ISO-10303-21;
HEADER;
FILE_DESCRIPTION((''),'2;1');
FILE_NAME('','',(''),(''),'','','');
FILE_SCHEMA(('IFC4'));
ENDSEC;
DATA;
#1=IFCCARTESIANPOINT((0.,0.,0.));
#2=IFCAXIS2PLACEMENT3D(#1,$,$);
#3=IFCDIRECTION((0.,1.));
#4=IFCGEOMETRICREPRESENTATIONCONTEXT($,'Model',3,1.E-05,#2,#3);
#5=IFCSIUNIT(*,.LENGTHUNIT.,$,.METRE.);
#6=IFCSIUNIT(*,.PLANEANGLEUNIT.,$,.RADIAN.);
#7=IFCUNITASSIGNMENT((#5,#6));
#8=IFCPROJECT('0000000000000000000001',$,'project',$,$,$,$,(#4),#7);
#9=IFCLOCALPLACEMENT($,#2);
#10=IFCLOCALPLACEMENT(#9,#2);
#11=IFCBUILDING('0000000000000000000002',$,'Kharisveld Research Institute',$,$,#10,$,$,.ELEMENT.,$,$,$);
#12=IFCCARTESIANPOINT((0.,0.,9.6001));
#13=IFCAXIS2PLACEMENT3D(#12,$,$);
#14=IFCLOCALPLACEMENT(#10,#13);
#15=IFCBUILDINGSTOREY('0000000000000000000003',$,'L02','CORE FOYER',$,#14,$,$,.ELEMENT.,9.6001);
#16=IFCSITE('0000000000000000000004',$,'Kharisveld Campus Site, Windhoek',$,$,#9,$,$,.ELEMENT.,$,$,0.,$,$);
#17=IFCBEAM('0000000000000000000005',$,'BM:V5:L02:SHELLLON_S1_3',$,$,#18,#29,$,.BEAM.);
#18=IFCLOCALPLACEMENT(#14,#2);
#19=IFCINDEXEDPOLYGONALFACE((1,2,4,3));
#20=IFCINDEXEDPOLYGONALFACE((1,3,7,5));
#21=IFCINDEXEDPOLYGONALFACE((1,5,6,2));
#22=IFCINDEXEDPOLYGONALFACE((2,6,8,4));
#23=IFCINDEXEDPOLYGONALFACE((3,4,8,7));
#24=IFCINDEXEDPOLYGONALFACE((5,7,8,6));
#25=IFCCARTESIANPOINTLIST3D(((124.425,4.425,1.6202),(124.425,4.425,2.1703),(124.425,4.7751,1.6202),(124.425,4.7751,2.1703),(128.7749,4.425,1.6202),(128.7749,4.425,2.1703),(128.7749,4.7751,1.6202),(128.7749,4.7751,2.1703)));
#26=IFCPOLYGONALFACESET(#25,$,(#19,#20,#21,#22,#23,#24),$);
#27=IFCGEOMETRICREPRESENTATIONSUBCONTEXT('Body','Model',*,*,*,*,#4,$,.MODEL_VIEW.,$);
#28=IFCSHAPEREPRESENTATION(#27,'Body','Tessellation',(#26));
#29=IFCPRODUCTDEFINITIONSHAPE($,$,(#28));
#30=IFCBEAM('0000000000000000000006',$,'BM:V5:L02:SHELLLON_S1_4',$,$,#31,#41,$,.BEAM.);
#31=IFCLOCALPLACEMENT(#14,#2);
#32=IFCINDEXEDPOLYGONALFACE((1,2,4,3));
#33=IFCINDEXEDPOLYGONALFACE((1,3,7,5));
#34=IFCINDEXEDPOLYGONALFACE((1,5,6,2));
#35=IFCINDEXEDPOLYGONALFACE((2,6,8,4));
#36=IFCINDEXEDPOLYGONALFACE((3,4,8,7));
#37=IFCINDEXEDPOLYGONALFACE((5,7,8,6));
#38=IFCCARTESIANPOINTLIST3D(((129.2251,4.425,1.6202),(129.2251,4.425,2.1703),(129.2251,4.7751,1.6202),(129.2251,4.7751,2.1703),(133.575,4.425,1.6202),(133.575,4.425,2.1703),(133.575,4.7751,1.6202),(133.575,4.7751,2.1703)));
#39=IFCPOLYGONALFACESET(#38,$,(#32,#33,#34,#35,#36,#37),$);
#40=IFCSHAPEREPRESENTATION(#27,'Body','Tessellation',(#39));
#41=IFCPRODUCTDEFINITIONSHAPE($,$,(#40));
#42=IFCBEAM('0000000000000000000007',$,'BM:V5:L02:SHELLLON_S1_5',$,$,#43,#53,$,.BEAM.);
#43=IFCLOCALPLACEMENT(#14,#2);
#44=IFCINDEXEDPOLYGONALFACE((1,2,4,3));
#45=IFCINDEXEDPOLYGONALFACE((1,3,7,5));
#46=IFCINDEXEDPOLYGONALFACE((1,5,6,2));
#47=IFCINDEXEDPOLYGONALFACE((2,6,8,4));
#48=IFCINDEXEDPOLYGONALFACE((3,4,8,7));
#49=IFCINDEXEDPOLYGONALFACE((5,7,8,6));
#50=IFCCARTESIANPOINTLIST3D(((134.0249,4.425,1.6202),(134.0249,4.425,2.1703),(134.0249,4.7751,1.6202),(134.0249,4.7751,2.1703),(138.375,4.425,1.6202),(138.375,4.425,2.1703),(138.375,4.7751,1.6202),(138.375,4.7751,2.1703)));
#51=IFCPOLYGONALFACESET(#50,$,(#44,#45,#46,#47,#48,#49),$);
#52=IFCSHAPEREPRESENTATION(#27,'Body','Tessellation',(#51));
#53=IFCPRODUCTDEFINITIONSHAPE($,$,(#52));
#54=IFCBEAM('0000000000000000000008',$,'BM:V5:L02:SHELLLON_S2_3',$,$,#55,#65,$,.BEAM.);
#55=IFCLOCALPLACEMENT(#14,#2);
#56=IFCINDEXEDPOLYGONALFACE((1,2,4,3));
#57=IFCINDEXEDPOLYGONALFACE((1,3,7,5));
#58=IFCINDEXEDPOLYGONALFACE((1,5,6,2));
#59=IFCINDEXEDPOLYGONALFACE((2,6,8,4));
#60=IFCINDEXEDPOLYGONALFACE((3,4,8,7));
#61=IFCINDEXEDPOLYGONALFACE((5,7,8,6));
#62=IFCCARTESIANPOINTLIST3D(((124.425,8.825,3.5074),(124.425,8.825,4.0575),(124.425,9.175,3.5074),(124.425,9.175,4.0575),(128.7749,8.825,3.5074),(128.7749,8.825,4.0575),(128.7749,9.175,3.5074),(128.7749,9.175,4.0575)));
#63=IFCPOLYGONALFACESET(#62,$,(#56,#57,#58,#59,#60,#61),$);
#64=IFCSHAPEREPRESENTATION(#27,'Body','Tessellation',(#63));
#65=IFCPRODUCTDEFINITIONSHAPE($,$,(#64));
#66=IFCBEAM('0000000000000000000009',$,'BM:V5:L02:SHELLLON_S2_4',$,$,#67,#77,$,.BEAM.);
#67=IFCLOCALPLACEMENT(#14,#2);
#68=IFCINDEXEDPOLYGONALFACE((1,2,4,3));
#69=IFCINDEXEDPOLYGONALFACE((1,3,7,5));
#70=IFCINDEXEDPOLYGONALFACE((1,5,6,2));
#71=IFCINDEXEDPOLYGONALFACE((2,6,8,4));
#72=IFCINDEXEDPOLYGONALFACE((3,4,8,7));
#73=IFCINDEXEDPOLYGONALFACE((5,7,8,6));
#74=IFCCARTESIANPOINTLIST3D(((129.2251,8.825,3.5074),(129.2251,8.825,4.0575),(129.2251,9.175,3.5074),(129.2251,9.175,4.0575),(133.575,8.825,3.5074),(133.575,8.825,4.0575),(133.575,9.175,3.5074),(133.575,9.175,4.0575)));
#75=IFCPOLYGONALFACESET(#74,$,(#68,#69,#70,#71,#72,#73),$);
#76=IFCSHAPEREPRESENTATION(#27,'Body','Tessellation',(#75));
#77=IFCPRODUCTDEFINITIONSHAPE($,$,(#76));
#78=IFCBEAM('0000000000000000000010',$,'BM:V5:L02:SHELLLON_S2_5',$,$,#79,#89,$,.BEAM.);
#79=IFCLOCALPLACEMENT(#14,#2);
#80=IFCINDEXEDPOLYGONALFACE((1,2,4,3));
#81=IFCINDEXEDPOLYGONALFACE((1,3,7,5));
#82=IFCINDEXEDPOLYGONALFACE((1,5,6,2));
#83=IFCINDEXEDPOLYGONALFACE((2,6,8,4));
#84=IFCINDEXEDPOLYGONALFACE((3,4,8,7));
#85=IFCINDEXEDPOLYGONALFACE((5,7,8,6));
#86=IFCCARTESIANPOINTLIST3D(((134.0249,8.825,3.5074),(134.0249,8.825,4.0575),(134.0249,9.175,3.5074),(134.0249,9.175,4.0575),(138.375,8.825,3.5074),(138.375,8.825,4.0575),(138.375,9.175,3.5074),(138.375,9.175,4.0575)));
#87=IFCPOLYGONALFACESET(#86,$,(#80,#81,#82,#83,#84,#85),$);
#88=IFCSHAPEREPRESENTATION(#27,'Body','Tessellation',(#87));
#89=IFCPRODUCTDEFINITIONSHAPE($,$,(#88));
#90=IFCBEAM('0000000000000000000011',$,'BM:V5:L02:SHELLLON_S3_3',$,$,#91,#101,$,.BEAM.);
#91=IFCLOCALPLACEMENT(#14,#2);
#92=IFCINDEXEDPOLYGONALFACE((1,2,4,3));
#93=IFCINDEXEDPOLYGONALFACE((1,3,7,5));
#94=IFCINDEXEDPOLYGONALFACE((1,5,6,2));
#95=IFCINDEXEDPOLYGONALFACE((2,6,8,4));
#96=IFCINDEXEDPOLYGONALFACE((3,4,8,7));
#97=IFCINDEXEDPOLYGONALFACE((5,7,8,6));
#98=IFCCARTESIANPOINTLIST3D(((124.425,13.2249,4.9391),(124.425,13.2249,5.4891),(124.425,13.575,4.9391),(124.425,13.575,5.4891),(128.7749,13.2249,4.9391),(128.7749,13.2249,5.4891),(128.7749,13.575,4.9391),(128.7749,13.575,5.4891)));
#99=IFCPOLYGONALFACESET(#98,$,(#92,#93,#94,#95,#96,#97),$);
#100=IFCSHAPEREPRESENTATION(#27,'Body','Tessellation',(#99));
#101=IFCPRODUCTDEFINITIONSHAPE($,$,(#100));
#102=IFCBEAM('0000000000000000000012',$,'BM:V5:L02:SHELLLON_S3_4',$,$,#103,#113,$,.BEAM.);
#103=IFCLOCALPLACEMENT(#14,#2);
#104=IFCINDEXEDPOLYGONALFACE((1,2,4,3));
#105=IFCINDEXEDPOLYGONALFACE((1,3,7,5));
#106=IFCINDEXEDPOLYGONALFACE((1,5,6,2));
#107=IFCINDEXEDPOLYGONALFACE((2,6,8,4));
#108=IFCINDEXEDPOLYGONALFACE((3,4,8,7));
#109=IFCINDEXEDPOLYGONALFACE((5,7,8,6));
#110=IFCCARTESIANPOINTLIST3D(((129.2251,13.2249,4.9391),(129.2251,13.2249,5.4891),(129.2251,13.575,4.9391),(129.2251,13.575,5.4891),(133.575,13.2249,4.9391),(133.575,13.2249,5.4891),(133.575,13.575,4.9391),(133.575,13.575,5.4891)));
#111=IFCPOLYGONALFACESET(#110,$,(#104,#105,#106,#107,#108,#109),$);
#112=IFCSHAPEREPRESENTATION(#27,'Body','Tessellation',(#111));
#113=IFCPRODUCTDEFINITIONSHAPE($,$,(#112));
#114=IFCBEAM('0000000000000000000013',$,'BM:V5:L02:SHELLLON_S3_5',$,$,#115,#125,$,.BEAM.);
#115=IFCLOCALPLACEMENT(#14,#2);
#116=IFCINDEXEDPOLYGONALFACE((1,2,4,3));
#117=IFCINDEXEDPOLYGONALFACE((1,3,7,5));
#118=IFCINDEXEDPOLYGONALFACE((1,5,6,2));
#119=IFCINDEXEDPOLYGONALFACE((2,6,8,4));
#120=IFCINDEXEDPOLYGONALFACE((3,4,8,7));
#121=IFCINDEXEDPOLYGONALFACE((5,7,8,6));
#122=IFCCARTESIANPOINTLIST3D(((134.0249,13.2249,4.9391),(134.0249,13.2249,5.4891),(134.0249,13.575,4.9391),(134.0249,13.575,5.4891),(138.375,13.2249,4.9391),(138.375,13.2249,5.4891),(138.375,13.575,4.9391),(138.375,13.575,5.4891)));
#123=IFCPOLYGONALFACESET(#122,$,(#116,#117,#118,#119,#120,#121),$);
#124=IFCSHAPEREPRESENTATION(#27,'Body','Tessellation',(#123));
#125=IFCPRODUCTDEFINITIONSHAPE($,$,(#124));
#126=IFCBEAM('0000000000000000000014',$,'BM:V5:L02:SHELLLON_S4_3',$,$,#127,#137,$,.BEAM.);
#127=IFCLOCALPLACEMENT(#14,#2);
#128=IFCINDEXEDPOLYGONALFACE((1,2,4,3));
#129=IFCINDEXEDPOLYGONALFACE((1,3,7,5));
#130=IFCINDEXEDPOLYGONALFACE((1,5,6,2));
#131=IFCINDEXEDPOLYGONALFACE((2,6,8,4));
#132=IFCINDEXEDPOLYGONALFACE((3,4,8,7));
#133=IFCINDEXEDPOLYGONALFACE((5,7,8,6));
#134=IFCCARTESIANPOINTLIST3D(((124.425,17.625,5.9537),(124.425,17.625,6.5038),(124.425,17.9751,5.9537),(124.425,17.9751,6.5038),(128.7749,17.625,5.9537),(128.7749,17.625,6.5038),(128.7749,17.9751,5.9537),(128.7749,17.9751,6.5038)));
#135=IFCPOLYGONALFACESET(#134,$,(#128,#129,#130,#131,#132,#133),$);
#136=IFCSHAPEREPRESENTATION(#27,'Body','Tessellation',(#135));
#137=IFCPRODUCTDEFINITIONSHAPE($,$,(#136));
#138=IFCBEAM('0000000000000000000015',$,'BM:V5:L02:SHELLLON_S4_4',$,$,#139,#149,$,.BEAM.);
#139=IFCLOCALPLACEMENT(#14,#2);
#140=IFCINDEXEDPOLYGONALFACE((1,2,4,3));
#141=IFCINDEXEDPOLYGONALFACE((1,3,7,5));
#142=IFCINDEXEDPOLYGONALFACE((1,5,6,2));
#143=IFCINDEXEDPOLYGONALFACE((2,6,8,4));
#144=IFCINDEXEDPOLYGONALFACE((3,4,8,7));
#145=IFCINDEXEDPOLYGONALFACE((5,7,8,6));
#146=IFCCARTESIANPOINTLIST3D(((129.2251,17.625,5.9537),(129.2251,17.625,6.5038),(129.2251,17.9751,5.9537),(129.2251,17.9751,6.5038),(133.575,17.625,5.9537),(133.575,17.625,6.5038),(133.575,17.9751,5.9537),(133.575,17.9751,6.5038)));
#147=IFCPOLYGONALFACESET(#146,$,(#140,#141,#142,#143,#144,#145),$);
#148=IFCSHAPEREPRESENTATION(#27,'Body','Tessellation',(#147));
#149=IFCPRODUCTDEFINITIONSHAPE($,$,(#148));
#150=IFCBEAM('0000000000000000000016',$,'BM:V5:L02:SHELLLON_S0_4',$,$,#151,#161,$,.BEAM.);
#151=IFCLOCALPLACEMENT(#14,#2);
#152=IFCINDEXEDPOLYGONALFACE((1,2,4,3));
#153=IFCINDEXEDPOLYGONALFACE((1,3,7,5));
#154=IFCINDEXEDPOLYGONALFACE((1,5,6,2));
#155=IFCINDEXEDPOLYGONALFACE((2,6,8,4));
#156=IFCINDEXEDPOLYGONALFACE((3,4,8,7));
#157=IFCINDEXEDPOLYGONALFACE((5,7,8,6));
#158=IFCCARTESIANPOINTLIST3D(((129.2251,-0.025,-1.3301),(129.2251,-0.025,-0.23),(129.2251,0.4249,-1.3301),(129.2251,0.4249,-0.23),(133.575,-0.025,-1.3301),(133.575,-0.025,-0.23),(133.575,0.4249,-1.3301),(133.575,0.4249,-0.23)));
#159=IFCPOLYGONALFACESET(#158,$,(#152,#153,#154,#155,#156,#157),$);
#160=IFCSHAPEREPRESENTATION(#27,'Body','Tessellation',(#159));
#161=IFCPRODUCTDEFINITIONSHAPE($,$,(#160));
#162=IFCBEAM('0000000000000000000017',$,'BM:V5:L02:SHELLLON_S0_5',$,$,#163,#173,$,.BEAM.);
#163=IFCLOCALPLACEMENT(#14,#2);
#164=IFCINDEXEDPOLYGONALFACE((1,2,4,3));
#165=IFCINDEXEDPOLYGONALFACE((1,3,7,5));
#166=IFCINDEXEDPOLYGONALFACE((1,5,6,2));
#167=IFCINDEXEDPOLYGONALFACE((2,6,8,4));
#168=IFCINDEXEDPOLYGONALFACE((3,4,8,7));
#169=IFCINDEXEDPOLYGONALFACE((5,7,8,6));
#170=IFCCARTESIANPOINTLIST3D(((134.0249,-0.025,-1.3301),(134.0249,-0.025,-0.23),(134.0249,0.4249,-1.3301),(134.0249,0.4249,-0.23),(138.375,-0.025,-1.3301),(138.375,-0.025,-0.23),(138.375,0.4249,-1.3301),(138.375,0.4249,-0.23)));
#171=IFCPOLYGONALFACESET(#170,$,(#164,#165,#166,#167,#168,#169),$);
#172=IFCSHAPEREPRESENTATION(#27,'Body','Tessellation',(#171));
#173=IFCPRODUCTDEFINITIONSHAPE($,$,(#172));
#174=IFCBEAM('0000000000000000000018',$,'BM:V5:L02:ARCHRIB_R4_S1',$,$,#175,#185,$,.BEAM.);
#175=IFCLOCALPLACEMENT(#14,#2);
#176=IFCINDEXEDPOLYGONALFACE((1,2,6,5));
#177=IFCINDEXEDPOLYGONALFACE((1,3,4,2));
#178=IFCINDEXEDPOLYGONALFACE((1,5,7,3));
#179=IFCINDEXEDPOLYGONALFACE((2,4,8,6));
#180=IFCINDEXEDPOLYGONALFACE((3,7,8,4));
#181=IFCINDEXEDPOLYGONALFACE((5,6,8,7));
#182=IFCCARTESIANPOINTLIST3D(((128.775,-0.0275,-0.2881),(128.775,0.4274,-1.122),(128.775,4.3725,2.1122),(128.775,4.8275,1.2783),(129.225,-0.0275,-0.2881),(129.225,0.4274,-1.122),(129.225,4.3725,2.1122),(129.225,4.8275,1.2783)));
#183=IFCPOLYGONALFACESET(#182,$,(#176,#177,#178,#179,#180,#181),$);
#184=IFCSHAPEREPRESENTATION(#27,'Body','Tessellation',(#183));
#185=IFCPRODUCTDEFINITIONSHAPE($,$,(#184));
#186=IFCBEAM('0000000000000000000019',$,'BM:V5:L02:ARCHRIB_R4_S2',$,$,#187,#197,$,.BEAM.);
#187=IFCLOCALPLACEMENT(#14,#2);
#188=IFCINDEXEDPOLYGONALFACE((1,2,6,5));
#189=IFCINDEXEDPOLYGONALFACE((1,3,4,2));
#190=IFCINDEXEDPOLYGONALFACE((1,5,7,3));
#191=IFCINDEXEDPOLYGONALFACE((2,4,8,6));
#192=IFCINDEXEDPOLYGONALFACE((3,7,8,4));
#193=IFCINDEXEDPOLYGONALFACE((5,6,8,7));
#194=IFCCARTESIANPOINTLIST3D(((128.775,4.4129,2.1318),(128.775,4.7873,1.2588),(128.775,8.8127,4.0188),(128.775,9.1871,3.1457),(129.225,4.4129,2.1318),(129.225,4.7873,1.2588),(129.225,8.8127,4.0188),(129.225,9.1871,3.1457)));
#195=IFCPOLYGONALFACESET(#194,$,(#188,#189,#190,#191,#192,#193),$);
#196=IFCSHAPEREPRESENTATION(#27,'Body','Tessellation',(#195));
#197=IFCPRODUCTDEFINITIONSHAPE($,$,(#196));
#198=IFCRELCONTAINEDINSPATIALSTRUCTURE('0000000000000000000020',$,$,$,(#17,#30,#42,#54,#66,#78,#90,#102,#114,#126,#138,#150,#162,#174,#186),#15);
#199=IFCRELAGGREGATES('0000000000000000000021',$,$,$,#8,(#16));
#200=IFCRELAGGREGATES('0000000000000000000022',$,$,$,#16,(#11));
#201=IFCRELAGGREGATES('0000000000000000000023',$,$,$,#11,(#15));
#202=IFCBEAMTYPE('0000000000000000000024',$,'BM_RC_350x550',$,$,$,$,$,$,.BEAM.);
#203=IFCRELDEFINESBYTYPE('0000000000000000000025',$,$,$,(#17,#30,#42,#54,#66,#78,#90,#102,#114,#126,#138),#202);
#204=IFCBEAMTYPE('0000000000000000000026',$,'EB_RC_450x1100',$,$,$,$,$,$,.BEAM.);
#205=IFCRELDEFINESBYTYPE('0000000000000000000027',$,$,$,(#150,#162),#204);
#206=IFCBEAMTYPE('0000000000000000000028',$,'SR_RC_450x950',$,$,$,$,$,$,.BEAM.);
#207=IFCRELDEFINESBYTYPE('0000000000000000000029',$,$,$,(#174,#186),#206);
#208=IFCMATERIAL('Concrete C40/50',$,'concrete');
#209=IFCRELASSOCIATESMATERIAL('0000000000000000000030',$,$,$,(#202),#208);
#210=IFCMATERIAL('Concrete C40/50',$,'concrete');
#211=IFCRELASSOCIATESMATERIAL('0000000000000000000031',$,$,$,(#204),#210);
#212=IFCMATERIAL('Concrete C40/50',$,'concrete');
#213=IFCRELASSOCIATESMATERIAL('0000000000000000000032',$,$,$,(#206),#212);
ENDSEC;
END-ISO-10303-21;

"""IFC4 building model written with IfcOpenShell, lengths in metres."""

from ifc_helpers import new_model, si_unit, direction, frame, origin, origin_2d, place, context, subcontext, project, spatial, rectangle, extrude, material, material_profile, profile_set, type_object, element, save


model = new_model("IFC4")

# Units and contexts
model_context = context("Model", 3, precision=1e-05, world=origin(), true_north=direction((0.0, 1.0)))
body_context = subcontext(model_context, "Body", "Model", "MODEL_VIEW")
ifc_project = project(units=[si_unit("LENGTHUNIT", "METRE"), si_unit("PLANEANGLEUNIT", "RADIAN")], contexts=[model_context])

# Site, building, storey
site_placement = place(None, origin())
site = spatial("IfcSite", under=ifc_project, at=site_placement, Name="Kharisveld Campus Site, Windhoek", CompositionType="ELEMENT", RefElevation=0.0)
building_placement = place(site_placement, origin())
building = spatial("IfcBuilding", under=site, at=building_placement, Name="Kharisveld Research Institute", CompositionType="ELEMENT")
storey_placement = place(building_placement, frame((0.0, 0.0, 9.6001)))
storey = spatial("IfcBuildingStorey", under=building, at=storey_placement, Name="L02", Description="CORE FOYER", CompositionType="ELEMENT", Elevation=9.6001)

# Beams
ifc_material_1 = material(Name="Concrete C40/50", Category="concrete")
ifc_material_profile_1 = material_profile(ifc_material_1, rectangle(XDim=0.3501, YDim=0.55, at=origin_2d()))
ifc_profile_set_1 = profile_set([ifc_material_profile_1], Name="Concrete C40/50")
beam_type_1 = type_object("IfcBeamType", Name="BM_RC_350x550", PredefinedType="BEAM", material=ifc_profile_set_1)
for number, where, z_axis, x_axis, name in (
    (1, (124.425, 4.6001, 1.8953), (1.0, 0.0, 0.0), (0.0, 1.0, 0.0), "BM:V5:L02:SHELLLON_S1_3"),
    (2, (129.2251, 4.6001, 1.8953), (1.0, 0.0, 0.0), (0.0, 1.0, 0.0), "BM:V5:L02:SHELLLON_S1_4"),
):
    element("IfcBeam", number, at=place(storey_placement, frame(where, z_axis=z_axis, x_axis=x_axis)), inside=storey, type_object=beam_type_1, Name=name, PredefinedType="BEAM", context=body_context, shape_type="SweptSolid", body=[
        extrude(rectangle(XDim=0.3501, YDim=0.55, at=origin_2d()), origin(), (0.0, 0.0, 1.0), 4.3499),
    ])
beam_1_placement = place(storey_placement, frame((134.0249, 4.6001, 1.8953), z_axis=(1.0, 0.0, 0.0), x_axis=(0.0, 1.0, 0.0)))
element("IfcBeam", 3, at=beam_1_placement, inside=storey, type_object=beam_type_1, Name="BM:V5:L02:SHELLLON_S1_5", PredefinedType="BEAM", context=body_context, shape_type="SweptSolid", body=[
    extrude(rectangle(XDim=0.3501, YDim=0.55, at=origin_2d()), origin(), (0.0, 0.0, 1.0), 4.3501),
])
for number, where, z_axis, x_axis, name in (
    (4, (124.425, 9.0, 3.7825), (1.0, 0.0, 0.0), (0.0, 1.0, 0.0), "BM:V5:L02:SHELLLON_S2_3"),
    (5, (129.2251, 9.0, 3.7825), (1.0, 0.0, 0.0), (0.0, 1.0, 0.0), "BM:V5:L02:SHELLLON_S2_4"),
):
    element("IfcBeam", number, at=place(storey_placement, frame(where, z_axis=z_axis, x_axis=x_axis)), inside=storey, type_object=beam_type_1, Name=name, PredefinedType="BEAM", context=body_context, shape_type="SweptSolid", body=[
        extrude(rectangle(XDim=0.3501, YDim=0.55, at=origin_2d()), origin(), (0.0, 0.0, 1.0), 4.3499),
    ])
beam_2_placement = place(storey_placement, frame((134.0249, 9.0, 3.7825), z_axis=(1.0, 0.0, 0.0), x_axis=(0.0, 1.0, 0.0)))
element("IfcBeam", 6, at=beam_2_placement, inside=storey, type_object=beam_type_1, Name="BM:V5:L02:SHELLLON_S2_5", PredefinedType="BEAM", context=body_context, shape_type="SweptSolid", body=[
    extrude(rectangle(XDim=0.3501, YDim=0.55, at=origin_2d()), origin(), (0.0, 0.0, 1.0), 4.3501),
])
for number, where, z_axis, x_axis, name in (
    (7, (124.425, 13.3999, 5.2141), (1.0, 0.0, 0.0), (0.0, 1.0, 0.0), "BM:V5:L02:SHELLLON_S3_3"),
    (8, (129.2251, 13.3999, 5.2141), (1.0, 0.0, 0.0), (0.0, 1.0, 0.0), "BM:V5:L02:SHELLLON_S3_4"),
):
    element("IfcBeam", number, at=place(storey_placement, frame(where, z_axis=z_axis, x_axis=x_axis)), inside=storey, type_object=beam_type_1, Name=name, PredefinedType="BEAM", context=body_context, shape_type="SweptSolid", body=[
        extrude(rectangle(XDim=0.3501, YDim=0.55, at=origin_2d()), origin(), (0.0, 0.0, 1.0), 4.3499),
    ])
beam_3_placement = place(storey_placement, frame((134.0249, 13.3999, 5.2141), z_axis=(1.0, 0.0, 0.0), x_axis=(0.0, 1.0, 0.0)))
element("IfcBeam", 9, at=beam_3_placement, inside=storey, type_object=beam_type_1, Name="BM:V5:L02:SHELLLON_S3_5", PredefinedType="BEAM", context=body_context, shape_type="SweptSolid", body=[
    extrude(rectangle(XDim=0.3501, YDim=0.55, at=origin_2d()), origin(), (0.0, 0.0, 1.0), 4.3501),
])
for number, where, z_axis, x_axis, name in (
    (10, (124.425, 17.8, 6.2288), (1.0, 0.0, 0.0), (0.0, 1.0, 0.0), "BM:V5:L02:SHELLLON_S4_3"),
    (11, (129.2251, 17.8, 6.2288), (1.0, 0.0, 0.0), (0.0, 1.0, 0.0), "BM:V5:L02:SHELLLON_S4_4"),
):
    element("IfcBeam", number, at=place(storey_placement, frame(where, z_axis=z_axis, x_axis=x_axis)), inside=storey, type_object=beam_type_1, Name=name, PredefinedType="BEAM", context=body_context, shape_type="SweptSolid", body=[
        extrude(rectangle(XDim=0.3501, YDim=0.55, at=origin_2d()), origin(), (0.0, 0.0, 1.0), 4.3499),
    ])
ifc_material_2 = material(Name="Concrete C40/50", Category="concrete")
ifc_material_profile_2 = material_profile(ifc_material_2, rectangle(XDim=0.45, YDim=1.1001, at=origin_2d()))
ifc_profile_set_2 = profile_set([ifc_material_profile_2], Name="Concrete C40/50")
beam_type_2 = type_object("IfcBeamType", Name="EB_RC_450x1100", PredefinedType="BEAM", material=ifc_profile_set_2)
beam_4_placement = place(storey_placement, frame((129.2251, 0.2, -0.78), z_axis=(1.0, 0.0, 0.0), x_axis=(0.0, 1.0, 0.0)))
element("IfcBeam", 12, at=beam_4_placement, inside=storey, type_object=beam_type_2, Name="BM:V5:L02:SHELLLON_S0_4", PredefinedType="BEAM", context=body_context, shape_type="SweptSolid", body=[
    extrude(rectangle(XDim=0.45, YDim=1.1001, at=origin_2d()), origin(), (0.0, 0.0, 1.0), 4.3499),
])
beam_5_placement = place(storey_placement, frame((134.0249, 0.2, -0.78), z_axis=(1.0, 0.0, 0.0), x_axis=(0.0, 1.0, 0.0)))
element("IfcBeam", 13, at=beam_5_placement, inside=storey, type_object=beam_type_2, Name="BM:V5:L02:SHELLLON_S0_5", PredefinedType="BEAM", context=body_context, shape_type="SweptSolid", body=[
    extrude(rectangle(XDim=0.45, YDim=1.1001, at=origin_2d()), origin(), (0.0, 0.0, 1.0), 4.3501),
])
ifc_material_3 = material(Name="Concrete C40/50", Category="concrete")
ifc_material_profile_3 = material_profile(ifc_material_3, rectangle(XDim=0.45, YDim=0.95, at=origin_2d()))
ifc_profile_set_3 = profile_set([ifc_material_profile_3], Name="Concrete C40/50")
beam_type_3 = type_object("IfcBeamType", Name="SR_RC_450x950", PredefinedType="BEAM", material=ifc_profile_set_3)
beam_6_placement = place(storey_placement, frame((129.0, 0.2, -0.7051), z_axis=(0.0, 0.87787, 0.4789), x_axis=(-1.0, 0.0, 0.0)))
element("IfcBeam", 14, at=beam_6_placement, inside=storey, type_object=beam_type_3, Name="BM:V5:L02:ARCHRIB_R4_S1", PredefinedType="BEAM", context=body_context, shape_type="SweptSolid", body=[
    extrude(rectangle(XDim=0.45, YDim=0.95, at=origin_2d()), origin(), (0.0, 0.0, 1.0), 5.0122),
])
beam_7_placement = place(storey_placement, frame((129.0, 4.6001, 1.6953), z_axis=(0.0, 0.919047, 0.394147), x_axis=(-1.0, 0.0, 0.0)))
element("IfcBeam", 15, at=beam_7_placement, inside=storey, type_object=beam_type_3, Name="BM:V5:L02:ARCHRIB_R4_S2", PredefinedType="BEAM", context=body_context, shape_type="SweptSolid", body=[
    extrude(rectangle(XDim=0.45, YDim=0.95, at=origin_2d()), origin(), (0.0, 0.0, 1.0), 4.7874),
])

save(model, "model.ifc")
